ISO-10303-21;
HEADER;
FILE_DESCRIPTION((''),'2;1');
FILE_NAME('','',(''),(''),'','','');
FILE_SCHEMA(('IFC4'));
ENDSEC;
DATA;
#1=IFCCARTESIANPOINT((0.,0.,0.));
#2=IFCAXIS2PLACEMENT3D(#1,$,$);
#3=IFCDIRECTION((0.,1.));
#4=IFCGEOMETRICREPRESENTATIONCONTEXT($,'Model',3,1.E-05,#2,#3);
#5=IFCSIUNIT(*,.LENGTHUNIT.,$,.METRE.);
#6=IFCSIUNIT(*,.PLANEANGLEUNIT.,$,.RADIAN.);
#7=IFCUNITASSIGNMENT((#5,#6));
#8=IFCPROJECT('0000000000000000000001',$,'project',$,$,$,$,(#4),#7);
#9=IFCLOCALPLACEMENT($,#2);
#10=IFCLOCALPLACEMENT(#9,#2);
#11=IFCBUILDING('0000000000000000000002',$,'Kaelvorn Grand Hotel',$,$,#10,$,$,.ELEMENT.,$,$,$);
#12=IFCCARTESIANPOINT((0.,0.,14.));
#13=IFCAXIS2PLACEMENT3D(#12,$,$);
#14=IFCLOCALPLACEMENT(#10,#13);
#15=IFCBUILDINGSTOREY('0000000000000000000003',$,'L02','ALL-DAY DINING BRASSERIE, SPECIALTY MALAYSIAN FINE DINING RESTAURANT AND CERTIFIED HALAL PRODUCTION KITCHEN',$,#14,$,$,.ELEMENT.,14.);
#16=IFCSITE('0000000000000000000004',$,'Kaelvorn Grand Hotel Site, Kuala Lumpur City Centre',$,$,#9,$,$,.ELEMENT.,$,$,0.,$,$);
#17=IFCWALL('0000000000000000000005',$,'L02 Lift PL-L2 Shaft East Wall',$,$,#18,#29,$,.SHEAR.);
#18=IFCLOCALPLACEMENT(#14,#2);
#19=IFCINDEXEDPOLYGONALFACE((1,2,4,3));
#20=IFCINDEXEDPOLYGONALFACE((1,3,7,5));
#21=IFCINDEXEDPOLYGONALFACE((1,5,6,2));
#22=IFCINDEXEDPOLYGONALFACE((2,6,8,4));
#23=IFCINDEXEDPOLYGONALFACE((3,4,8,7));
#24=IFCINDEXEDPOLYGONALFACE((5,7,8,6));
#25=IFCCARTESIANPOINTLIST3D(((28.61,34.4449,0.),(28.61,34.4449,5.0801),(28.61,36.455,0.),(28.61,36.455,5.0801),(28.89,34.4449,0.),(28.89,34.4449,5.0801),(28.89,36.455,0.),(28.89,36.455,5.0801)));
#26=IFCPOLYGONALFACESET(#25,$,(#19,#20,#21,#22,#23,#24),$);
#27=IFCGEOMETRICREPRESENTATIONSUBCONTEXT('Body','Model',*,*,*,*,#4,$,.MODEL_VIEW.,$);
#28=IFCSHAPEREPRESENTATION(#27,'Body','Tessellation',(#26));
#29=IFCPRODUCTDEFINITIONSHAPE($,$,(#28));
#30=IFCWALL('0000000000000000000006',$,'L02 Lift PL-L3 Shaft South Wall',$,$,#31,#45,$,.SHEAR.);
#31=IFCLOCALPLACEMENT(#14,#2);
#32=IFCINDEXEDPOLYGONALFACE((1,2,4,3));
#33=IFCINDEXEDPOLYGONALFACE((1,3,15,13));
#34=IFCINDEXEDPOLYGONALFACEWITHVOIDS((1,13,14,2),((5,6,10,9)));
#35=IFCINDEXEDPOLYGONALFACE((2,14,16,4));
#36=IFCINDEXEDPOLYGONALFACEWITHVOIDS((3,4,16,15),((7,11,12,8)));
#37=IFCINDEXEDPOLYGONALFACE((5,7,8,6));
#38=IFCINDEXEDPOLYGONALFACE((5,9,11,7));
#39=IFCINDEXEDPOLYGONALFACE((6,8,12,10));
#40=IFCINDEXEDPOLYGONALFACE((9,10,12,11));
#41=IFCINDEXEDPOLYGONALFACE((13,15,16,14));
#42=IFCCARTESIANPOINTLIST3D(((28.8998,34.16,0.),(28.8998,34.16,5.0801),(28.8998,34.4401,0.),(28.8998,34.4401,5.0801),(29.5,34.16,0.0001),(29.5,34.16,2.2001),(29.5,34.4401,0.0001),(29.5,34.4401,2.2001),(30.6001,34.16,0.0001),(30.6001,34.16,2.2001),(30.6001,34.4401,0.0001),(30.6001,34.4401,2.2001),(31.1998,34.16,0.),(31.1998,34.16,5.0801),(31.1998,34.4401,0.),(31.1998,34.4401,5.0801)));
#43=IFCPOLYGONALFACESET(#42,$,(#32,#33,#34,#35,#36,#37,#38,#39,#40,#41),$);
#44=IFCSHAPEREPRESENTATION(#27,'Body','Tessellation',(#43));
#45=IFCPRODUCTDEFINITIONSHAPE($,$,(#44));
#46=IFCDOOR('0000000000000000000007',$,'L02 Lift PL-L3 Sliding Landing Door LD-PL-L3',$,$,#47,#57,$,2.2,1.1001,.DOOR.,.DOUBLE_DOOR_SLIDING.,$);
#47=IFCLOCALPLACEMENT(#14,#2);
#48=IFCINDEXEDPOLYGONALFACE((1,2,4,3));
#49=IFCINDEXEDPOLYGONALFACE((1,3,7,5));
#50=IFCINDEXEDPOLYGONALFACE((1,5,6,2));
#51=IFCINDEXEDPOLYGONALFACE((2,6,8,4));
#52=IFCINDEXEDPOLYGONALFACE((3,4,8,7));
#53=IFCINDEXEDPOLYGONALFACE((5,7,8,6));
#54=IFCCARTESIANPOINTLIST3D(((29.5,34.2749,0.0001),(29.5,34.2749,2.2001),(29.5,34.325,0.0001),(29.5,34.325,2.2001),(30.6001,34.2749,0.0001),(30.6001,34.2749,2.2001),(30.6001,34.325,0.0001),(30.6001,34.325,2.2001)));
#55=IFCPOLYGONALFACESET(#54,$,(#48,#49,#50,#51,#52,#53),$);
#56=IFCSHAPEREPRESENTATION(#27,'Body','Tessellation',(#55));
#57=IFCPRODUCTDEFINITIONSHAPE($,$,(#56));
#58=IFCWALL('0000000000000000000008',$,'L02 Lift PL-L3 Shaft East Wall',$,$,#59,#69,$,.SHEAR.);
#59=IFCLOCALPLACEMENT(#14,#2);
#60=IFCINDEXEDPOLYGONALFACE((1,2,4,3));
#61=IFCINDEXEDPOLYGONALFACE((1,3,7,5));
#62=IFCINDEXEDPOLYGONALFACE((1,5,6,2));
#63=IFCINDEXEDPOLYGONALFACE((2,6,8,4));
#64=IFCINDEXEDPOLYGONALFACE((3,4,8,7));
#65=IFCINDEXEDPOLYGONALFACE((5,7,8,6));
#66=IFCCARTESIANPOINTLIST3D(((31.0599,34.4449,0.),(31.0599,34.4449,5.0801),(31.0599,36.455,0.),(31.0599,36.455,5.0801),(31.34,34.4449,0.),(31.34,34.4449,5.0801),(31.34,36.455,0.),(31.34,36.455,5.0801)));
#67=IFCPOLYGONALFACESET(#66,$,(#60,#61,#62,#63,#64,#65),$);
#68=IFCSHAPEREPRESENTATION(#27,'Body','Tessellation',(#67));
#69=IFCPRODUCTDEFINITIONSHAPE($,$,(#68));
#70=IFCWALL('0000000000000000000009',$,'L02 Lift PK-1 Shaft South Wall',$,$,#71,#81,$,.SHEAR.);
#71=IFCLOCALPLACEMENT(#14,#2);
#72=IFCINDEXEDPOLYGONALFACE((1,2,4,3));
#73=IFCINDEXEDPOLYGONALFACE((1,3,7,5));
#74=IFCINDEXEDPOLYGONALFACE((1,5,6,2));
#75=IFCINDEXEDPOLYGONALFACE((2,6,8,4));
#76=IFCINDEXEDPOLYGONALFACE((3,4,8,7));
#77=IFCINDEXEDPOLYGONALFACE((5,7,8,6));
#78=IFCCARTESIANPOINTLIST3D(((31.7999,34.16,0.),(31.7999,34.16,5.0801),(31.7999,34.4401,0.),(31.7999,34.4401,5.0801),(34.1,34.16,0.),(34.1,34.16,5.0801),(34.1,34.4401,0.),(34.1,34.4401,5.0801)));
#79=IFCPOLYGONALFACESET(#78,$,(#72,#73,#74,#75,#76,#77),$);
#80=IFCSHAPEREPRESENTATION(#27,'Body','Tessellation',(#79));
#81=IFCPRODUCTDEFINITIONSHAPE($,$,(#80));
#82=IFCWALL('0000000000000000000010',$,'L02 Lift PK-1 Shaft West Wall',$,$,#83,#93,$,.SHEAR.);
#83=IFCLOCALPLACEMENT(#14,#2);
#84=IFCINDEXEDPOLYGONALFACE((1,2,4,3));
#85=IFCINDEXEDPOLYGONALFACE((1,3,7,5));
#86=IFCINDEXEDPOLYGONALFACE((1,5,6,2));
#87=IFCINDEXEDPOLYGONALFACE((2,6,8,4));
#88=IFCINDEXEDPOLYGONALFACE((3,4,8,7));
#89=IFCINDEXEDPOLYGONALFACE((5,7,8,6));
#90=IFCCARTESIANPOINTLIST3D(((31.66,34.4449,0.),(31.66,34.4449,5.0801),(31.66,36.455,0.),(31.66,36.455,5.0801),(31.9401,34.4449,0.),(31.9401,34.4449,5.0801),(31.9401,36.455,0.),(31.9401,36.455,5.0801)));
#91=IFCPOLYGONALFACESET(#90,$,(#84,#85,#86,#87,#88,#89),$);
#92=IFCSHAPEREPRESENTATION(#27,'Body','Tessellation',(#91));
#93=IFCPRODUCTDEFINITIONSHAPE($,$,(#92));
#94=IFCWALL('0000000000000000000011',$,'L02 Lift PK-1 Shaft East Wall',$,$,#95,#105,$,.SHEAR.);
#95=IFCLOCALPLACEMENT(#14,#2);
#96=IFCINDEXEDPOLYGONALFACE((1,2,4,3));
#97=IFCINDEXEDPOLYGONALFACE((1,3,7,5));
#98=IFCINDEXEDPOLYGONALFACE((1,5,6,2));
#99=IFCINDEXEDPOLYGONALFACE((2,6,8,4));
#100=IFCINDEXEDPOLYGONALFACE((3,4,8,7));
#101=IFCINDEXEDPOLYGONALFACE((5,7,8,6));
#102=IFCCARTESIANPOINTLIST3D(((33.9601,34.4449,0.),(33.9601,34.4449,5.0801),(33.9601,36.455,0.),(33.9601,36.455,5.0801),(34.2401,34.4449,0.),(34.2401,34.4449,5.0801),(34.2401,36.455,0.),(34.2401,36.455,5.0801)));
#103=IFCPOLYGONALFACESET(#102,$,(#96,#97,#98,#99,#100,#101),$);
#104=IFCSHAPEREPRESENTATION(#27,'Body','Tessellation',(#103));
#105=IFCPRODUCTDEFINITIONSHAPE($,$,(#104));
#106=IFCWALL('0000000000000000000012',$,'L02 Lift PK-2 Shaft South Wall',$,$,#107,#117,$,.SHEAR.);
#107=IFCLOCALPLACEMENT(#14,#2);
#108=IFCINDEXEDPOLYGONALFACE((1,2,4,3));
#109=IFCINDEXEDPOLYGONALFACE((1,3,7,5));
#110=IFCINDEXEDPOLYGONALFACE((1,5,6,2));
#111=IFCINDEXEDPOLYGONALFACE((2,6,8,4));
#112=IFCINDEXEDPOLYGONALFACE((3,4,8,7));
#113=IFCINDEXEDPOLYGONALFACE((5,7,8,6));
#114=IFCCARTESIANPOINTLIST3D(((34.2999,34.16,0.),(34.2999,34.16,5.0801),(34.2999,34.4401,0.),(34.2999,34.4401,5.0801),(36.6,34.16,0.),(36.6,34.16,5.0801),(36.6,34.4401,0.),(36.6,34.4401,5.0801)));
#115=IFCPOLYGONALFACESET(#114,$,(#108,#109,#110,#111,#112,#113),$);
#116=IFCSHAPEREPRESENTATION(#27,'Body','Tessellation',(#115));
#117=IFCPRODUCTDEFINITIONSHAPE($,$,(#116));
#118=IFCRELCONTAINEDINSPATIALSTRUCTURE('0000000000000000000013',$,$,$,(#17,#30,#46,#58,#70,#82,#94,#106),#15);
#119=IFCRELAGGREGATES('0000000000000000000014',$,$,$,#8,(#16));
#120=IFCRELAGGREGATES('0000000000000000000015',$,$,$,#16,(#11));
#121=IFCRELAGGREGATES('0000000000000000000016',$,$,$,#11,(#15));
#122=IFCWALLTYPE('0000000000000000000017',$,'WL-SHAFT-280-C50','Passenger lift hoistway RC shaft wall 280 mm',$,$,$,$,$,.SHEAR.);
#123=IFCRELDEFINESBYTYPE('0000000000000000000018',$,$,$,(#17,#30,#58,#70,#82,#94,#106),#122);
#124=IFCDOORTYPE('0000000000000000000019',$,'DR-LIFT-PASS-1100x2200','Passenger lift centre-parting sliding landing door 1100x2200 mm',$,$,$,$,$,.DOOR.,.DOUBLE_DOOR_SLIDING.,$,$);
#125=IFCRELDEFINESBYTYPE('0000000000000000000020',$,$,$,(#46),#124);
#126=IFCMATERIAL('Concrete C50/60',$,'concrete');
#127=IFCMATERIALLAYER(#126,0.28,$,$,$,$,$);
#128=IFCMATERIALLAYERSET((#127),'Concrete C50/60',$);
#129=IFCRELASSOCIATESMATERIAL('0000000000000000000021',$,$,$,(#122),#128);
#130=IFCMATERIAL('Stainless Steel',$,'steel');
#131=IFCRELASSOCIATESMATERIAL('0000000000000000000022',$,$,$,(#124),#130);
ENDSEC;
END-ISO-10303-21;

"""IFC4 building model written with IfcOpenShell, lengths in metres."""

from ifc_helpers import new_model, si_unit, direction, frame, frame_2d, origin, place, context, subcontext, project, spatial, rectangle, extrude, material, layer, layer_set, type_object, element, fill, save


model = new_model("IFC4")

# Units and contexts
model_context = context("Model", 3, precision=1e-05, world=origin(), true_north=direction((0.0, 1.0)))
body_context = subcontext(model_context, "Body", "Model", "MODEL_VIEW")
ifc_project = project(units=[si_unit("LENGTHUNIT", "METRE"), si_unit("PLANEANGLEUNIT", "RADIAN")], contexts=[model_context])

# Site, building, storey
site_placement = place(None, origin())
site = spatial("IfcSite", under=ifc_project, at=site_placement, Name="Kaelvorn Grand Hotel Site, Kuala Lumpur City Centre", CompositionType="ELEMENT", RefElevation=0.0)
building_placement = place(site_placement, origin())
building = spatial("IfcBuilding", under=site, at=building_placement, Name="Kaelvorn Grand Hotel", CompositionType="ELEMENT")
storey_placement = place(building_placement, frame((0.0, 0.0, 14.0)))
storey = spatial("IfcBuildingStorey", under=building, at=storey_placement, Name="L02", Description="ALL-DAY DINING BRASSERIE, SPECIALTY MALAYSIAN FINE DINING RESTAURANT AND CERTIFIED HALAL PRODUCTION KITCHEN", CompositionType="ELEMENT", Elevation=14.0)

# Shared definitions
ifc_material_1 = material(Name="Concrete C50/60", Category="concrete")
ifc_layer_1 = layer(ifc_material_1, 0.28)
ifc_layer_set_1 = layer_set([ifc_layer_1], Name="Concrete C50/60")
wall_type_1 = type_object("IfcWallType", Name="WL-SHAFT-280-C50", Description="Passenger lift hoistway RC shaft wall 280 mm", PredefinedType="SHEAR", material=ifc_layer_set_1)
ifc_material_2 = material(Name="Stainless Steel", Category="steel")
door_type_1 = type_object("IfcDoorType", Name="DR-LIFT-PASS-1100x2200", Description="Passenger lift centre-parting sliding landing door 1100x2200 mm", OperationType="DOUBLE_DOOR_SLIDING", PredefinedType="DOOR", material=ifc_material_2)

# Wall
wall_1_placement = place(storey_placement, frame((28.75, 34.4451, 0.0), z_axis=(0.0, 0.0, 1.0), x_axis=(0.0, 1.0, 0.0)))
element("IfcWall", 1, at=wall_1_placement, inside=storey, type_object=wall_type_1, Name="L02 Lift PL-L2 Shaft East Wall", PredefinedType="SHEAR", context=body_context, shape_type="SweptSolid", body=[
    extrude(rectangle(XDim=2.01, YDim=0.28, at=frame_2d((1.0049, 0.0))), origin(), (0.0, 0.0, 1.0), 5.0801),
])

# Wall, opening, door
wall_2_placement = place(storey_placement, frame((28.8999, 34.3, 0.0), z_axis=(0.0, 0.0, 1.0), x_axis=(1.0, 0.0, 0.0)))
wall_2 = element("IfcWall", 2, at=wall_2_placement, inside=storey, type_object=wall_type_1, Name="L02 Lift PL-L3 Shaft South Wall", PredefinedType="SHEAR", context=body_context, shape_type="SweptSolid", body=[
    extrude(rectangle(XDim=2.3, YDim=0.28, at=frame_2d((1.1499, 0.0))), origin(), (0.0, 0.0, 1.0), 5.0801),
])
opening_1_placement = place(wall_2_placement, frame((0.6001, 0.0, 0.0)))
opening_1 = element("IfcOpeningElement", 3, at=opening_1_placement, cuts=wall_2, PredefinedType="OPENING", context=body_context, shape_type="SweptSolid", body=[
    extrude(rectangle(XDim=1.1001, YDim=2.2, at=frame_2d((0.55, 1.1001))), frame((0.0, 0.1499, 0.0), z_axis=(0.0, -1.0, 0.0), x_axis=(1.0, 0.0, 0.0)), (0.0, 0.0, 1.0), 0.3),
])
door_1_placement = place(opening_1_placement, origin())
door_1 = element("IfcDoor", 4, at=door_1_placement, inside=storey, type_object=door_type_1, Name="L02 Lift PL-L3 Sliding Landing Door LD-PL-L3", OperationType="DOUBLE_DOOR_SLIDING", OverallHeight=2.2, OverallWidth=1.1001, PredefinedType="DOOR", context=body_context, shape_type="SweptSolid", body=[
    extrude(rectangle(XDim=1.1001, YDim=2.2, at=frame_2d((0.55, 1.1001))), frame((0.0, 0.0249, 0.0), z_axis=(0.0, -1.0, 0.0), x_axis=(1.0, 0.0, 0.0)), (0.0, 0.0, 1.0), 0.05),
])
fill(opening_1, door_1)

# Walls
wall_3_placement = place(storey_placement, frame((31.2, 34.4451, 0.0), z_axis=(0.0, 0.0, 1.0), x_axis=(0.0, 1.0, 0.0)))
element("IfcWall", 5, at=wall_3_placement, inside=storey, type_object=wall_type_1, Name="L02 Lift PL-L3 Shaft East Wall", PredefinedType="SHEAR", context=body_context, shape_type="SweptSolid", body=[
    extrude(rectangle(XDim=2.01, YDim=0.28, at=frame_2d((1.0049, 0.0))), origin(), (0.0, 0.0, 1.0), 5.0801),
])
wall_4_placement = place(storey_placement, frame((31.8, 34.3, 0.0), z_axis=(0.0, 0.0, 1.0), x_axis=(1.0, 0.0, 0.0)))
element("IfcWall", 6, at=wall_4_placement, inside=storey, type_object=wall_type_1, Name="L02 Lift PK-1 Shaft South Wall", PredefinedType="SHEAR", context=body_context, shape_type="SweptSolid", body=[
    extrude(rectangle(XDim=2.3, YDim=0.28, at=frame_2d((1.1499, 0.0))), origin(), (0.0, 0.0, 1.0), 5.0801),
])
for number, where, z_axis, x_axis, name in (
    (7, (31.8, 34.4451, 0.0), (0.0, 0.0, 1.0), (0.0, 1.0, 0.0), "L02 Lift PK-1 Shaft West Wall"),
    (8, (34.1001, 34.4451, 0.0), (0.0, 0.0, 1.0), (0.0, 1.0, 0.0), "L02 Lift PK-1 Shaft East Wall"),
):
    element("IfcWall", number, at=place(storey_placement, frame(where, z_axis=z_axis, x_axis=x_axis)), inside=storey, type_object=wall_type_1, Name=name, PredefinedType="SHEAR", context=body_context, shape_type="SweptSolid", body=[
        extrude(rectangle(XDim=2.01, YDim=0.28, at=frame_2d((1.0049, 0.0))), origin(), (0.0, 0.0, 1.0), 5.0801),
    ])
wall_5_placement = place(storey_placement, frame((34.3, 34.3, 0.0), z_axis=(0.0, 0.0, 1.0), x_axis=(1.0, 0.0, 0.0)))
element("IfcWall", 9, at=wall_5_placement, inside=storey, type_object=wall_type_1, Name="L02 Lift PK-2 Shaft South Wall", PredefinedType="SHEAR", context=body_context, shape_type="SweptSolid", body=[
    extrude(rectangle(XDim=2.3, YDim=0.28, at=frame_2d((1.1499, 0.0))), origin(), (0.0, 0.0, 1.0), 5.0801),
])

save(model, "model.ifc")
